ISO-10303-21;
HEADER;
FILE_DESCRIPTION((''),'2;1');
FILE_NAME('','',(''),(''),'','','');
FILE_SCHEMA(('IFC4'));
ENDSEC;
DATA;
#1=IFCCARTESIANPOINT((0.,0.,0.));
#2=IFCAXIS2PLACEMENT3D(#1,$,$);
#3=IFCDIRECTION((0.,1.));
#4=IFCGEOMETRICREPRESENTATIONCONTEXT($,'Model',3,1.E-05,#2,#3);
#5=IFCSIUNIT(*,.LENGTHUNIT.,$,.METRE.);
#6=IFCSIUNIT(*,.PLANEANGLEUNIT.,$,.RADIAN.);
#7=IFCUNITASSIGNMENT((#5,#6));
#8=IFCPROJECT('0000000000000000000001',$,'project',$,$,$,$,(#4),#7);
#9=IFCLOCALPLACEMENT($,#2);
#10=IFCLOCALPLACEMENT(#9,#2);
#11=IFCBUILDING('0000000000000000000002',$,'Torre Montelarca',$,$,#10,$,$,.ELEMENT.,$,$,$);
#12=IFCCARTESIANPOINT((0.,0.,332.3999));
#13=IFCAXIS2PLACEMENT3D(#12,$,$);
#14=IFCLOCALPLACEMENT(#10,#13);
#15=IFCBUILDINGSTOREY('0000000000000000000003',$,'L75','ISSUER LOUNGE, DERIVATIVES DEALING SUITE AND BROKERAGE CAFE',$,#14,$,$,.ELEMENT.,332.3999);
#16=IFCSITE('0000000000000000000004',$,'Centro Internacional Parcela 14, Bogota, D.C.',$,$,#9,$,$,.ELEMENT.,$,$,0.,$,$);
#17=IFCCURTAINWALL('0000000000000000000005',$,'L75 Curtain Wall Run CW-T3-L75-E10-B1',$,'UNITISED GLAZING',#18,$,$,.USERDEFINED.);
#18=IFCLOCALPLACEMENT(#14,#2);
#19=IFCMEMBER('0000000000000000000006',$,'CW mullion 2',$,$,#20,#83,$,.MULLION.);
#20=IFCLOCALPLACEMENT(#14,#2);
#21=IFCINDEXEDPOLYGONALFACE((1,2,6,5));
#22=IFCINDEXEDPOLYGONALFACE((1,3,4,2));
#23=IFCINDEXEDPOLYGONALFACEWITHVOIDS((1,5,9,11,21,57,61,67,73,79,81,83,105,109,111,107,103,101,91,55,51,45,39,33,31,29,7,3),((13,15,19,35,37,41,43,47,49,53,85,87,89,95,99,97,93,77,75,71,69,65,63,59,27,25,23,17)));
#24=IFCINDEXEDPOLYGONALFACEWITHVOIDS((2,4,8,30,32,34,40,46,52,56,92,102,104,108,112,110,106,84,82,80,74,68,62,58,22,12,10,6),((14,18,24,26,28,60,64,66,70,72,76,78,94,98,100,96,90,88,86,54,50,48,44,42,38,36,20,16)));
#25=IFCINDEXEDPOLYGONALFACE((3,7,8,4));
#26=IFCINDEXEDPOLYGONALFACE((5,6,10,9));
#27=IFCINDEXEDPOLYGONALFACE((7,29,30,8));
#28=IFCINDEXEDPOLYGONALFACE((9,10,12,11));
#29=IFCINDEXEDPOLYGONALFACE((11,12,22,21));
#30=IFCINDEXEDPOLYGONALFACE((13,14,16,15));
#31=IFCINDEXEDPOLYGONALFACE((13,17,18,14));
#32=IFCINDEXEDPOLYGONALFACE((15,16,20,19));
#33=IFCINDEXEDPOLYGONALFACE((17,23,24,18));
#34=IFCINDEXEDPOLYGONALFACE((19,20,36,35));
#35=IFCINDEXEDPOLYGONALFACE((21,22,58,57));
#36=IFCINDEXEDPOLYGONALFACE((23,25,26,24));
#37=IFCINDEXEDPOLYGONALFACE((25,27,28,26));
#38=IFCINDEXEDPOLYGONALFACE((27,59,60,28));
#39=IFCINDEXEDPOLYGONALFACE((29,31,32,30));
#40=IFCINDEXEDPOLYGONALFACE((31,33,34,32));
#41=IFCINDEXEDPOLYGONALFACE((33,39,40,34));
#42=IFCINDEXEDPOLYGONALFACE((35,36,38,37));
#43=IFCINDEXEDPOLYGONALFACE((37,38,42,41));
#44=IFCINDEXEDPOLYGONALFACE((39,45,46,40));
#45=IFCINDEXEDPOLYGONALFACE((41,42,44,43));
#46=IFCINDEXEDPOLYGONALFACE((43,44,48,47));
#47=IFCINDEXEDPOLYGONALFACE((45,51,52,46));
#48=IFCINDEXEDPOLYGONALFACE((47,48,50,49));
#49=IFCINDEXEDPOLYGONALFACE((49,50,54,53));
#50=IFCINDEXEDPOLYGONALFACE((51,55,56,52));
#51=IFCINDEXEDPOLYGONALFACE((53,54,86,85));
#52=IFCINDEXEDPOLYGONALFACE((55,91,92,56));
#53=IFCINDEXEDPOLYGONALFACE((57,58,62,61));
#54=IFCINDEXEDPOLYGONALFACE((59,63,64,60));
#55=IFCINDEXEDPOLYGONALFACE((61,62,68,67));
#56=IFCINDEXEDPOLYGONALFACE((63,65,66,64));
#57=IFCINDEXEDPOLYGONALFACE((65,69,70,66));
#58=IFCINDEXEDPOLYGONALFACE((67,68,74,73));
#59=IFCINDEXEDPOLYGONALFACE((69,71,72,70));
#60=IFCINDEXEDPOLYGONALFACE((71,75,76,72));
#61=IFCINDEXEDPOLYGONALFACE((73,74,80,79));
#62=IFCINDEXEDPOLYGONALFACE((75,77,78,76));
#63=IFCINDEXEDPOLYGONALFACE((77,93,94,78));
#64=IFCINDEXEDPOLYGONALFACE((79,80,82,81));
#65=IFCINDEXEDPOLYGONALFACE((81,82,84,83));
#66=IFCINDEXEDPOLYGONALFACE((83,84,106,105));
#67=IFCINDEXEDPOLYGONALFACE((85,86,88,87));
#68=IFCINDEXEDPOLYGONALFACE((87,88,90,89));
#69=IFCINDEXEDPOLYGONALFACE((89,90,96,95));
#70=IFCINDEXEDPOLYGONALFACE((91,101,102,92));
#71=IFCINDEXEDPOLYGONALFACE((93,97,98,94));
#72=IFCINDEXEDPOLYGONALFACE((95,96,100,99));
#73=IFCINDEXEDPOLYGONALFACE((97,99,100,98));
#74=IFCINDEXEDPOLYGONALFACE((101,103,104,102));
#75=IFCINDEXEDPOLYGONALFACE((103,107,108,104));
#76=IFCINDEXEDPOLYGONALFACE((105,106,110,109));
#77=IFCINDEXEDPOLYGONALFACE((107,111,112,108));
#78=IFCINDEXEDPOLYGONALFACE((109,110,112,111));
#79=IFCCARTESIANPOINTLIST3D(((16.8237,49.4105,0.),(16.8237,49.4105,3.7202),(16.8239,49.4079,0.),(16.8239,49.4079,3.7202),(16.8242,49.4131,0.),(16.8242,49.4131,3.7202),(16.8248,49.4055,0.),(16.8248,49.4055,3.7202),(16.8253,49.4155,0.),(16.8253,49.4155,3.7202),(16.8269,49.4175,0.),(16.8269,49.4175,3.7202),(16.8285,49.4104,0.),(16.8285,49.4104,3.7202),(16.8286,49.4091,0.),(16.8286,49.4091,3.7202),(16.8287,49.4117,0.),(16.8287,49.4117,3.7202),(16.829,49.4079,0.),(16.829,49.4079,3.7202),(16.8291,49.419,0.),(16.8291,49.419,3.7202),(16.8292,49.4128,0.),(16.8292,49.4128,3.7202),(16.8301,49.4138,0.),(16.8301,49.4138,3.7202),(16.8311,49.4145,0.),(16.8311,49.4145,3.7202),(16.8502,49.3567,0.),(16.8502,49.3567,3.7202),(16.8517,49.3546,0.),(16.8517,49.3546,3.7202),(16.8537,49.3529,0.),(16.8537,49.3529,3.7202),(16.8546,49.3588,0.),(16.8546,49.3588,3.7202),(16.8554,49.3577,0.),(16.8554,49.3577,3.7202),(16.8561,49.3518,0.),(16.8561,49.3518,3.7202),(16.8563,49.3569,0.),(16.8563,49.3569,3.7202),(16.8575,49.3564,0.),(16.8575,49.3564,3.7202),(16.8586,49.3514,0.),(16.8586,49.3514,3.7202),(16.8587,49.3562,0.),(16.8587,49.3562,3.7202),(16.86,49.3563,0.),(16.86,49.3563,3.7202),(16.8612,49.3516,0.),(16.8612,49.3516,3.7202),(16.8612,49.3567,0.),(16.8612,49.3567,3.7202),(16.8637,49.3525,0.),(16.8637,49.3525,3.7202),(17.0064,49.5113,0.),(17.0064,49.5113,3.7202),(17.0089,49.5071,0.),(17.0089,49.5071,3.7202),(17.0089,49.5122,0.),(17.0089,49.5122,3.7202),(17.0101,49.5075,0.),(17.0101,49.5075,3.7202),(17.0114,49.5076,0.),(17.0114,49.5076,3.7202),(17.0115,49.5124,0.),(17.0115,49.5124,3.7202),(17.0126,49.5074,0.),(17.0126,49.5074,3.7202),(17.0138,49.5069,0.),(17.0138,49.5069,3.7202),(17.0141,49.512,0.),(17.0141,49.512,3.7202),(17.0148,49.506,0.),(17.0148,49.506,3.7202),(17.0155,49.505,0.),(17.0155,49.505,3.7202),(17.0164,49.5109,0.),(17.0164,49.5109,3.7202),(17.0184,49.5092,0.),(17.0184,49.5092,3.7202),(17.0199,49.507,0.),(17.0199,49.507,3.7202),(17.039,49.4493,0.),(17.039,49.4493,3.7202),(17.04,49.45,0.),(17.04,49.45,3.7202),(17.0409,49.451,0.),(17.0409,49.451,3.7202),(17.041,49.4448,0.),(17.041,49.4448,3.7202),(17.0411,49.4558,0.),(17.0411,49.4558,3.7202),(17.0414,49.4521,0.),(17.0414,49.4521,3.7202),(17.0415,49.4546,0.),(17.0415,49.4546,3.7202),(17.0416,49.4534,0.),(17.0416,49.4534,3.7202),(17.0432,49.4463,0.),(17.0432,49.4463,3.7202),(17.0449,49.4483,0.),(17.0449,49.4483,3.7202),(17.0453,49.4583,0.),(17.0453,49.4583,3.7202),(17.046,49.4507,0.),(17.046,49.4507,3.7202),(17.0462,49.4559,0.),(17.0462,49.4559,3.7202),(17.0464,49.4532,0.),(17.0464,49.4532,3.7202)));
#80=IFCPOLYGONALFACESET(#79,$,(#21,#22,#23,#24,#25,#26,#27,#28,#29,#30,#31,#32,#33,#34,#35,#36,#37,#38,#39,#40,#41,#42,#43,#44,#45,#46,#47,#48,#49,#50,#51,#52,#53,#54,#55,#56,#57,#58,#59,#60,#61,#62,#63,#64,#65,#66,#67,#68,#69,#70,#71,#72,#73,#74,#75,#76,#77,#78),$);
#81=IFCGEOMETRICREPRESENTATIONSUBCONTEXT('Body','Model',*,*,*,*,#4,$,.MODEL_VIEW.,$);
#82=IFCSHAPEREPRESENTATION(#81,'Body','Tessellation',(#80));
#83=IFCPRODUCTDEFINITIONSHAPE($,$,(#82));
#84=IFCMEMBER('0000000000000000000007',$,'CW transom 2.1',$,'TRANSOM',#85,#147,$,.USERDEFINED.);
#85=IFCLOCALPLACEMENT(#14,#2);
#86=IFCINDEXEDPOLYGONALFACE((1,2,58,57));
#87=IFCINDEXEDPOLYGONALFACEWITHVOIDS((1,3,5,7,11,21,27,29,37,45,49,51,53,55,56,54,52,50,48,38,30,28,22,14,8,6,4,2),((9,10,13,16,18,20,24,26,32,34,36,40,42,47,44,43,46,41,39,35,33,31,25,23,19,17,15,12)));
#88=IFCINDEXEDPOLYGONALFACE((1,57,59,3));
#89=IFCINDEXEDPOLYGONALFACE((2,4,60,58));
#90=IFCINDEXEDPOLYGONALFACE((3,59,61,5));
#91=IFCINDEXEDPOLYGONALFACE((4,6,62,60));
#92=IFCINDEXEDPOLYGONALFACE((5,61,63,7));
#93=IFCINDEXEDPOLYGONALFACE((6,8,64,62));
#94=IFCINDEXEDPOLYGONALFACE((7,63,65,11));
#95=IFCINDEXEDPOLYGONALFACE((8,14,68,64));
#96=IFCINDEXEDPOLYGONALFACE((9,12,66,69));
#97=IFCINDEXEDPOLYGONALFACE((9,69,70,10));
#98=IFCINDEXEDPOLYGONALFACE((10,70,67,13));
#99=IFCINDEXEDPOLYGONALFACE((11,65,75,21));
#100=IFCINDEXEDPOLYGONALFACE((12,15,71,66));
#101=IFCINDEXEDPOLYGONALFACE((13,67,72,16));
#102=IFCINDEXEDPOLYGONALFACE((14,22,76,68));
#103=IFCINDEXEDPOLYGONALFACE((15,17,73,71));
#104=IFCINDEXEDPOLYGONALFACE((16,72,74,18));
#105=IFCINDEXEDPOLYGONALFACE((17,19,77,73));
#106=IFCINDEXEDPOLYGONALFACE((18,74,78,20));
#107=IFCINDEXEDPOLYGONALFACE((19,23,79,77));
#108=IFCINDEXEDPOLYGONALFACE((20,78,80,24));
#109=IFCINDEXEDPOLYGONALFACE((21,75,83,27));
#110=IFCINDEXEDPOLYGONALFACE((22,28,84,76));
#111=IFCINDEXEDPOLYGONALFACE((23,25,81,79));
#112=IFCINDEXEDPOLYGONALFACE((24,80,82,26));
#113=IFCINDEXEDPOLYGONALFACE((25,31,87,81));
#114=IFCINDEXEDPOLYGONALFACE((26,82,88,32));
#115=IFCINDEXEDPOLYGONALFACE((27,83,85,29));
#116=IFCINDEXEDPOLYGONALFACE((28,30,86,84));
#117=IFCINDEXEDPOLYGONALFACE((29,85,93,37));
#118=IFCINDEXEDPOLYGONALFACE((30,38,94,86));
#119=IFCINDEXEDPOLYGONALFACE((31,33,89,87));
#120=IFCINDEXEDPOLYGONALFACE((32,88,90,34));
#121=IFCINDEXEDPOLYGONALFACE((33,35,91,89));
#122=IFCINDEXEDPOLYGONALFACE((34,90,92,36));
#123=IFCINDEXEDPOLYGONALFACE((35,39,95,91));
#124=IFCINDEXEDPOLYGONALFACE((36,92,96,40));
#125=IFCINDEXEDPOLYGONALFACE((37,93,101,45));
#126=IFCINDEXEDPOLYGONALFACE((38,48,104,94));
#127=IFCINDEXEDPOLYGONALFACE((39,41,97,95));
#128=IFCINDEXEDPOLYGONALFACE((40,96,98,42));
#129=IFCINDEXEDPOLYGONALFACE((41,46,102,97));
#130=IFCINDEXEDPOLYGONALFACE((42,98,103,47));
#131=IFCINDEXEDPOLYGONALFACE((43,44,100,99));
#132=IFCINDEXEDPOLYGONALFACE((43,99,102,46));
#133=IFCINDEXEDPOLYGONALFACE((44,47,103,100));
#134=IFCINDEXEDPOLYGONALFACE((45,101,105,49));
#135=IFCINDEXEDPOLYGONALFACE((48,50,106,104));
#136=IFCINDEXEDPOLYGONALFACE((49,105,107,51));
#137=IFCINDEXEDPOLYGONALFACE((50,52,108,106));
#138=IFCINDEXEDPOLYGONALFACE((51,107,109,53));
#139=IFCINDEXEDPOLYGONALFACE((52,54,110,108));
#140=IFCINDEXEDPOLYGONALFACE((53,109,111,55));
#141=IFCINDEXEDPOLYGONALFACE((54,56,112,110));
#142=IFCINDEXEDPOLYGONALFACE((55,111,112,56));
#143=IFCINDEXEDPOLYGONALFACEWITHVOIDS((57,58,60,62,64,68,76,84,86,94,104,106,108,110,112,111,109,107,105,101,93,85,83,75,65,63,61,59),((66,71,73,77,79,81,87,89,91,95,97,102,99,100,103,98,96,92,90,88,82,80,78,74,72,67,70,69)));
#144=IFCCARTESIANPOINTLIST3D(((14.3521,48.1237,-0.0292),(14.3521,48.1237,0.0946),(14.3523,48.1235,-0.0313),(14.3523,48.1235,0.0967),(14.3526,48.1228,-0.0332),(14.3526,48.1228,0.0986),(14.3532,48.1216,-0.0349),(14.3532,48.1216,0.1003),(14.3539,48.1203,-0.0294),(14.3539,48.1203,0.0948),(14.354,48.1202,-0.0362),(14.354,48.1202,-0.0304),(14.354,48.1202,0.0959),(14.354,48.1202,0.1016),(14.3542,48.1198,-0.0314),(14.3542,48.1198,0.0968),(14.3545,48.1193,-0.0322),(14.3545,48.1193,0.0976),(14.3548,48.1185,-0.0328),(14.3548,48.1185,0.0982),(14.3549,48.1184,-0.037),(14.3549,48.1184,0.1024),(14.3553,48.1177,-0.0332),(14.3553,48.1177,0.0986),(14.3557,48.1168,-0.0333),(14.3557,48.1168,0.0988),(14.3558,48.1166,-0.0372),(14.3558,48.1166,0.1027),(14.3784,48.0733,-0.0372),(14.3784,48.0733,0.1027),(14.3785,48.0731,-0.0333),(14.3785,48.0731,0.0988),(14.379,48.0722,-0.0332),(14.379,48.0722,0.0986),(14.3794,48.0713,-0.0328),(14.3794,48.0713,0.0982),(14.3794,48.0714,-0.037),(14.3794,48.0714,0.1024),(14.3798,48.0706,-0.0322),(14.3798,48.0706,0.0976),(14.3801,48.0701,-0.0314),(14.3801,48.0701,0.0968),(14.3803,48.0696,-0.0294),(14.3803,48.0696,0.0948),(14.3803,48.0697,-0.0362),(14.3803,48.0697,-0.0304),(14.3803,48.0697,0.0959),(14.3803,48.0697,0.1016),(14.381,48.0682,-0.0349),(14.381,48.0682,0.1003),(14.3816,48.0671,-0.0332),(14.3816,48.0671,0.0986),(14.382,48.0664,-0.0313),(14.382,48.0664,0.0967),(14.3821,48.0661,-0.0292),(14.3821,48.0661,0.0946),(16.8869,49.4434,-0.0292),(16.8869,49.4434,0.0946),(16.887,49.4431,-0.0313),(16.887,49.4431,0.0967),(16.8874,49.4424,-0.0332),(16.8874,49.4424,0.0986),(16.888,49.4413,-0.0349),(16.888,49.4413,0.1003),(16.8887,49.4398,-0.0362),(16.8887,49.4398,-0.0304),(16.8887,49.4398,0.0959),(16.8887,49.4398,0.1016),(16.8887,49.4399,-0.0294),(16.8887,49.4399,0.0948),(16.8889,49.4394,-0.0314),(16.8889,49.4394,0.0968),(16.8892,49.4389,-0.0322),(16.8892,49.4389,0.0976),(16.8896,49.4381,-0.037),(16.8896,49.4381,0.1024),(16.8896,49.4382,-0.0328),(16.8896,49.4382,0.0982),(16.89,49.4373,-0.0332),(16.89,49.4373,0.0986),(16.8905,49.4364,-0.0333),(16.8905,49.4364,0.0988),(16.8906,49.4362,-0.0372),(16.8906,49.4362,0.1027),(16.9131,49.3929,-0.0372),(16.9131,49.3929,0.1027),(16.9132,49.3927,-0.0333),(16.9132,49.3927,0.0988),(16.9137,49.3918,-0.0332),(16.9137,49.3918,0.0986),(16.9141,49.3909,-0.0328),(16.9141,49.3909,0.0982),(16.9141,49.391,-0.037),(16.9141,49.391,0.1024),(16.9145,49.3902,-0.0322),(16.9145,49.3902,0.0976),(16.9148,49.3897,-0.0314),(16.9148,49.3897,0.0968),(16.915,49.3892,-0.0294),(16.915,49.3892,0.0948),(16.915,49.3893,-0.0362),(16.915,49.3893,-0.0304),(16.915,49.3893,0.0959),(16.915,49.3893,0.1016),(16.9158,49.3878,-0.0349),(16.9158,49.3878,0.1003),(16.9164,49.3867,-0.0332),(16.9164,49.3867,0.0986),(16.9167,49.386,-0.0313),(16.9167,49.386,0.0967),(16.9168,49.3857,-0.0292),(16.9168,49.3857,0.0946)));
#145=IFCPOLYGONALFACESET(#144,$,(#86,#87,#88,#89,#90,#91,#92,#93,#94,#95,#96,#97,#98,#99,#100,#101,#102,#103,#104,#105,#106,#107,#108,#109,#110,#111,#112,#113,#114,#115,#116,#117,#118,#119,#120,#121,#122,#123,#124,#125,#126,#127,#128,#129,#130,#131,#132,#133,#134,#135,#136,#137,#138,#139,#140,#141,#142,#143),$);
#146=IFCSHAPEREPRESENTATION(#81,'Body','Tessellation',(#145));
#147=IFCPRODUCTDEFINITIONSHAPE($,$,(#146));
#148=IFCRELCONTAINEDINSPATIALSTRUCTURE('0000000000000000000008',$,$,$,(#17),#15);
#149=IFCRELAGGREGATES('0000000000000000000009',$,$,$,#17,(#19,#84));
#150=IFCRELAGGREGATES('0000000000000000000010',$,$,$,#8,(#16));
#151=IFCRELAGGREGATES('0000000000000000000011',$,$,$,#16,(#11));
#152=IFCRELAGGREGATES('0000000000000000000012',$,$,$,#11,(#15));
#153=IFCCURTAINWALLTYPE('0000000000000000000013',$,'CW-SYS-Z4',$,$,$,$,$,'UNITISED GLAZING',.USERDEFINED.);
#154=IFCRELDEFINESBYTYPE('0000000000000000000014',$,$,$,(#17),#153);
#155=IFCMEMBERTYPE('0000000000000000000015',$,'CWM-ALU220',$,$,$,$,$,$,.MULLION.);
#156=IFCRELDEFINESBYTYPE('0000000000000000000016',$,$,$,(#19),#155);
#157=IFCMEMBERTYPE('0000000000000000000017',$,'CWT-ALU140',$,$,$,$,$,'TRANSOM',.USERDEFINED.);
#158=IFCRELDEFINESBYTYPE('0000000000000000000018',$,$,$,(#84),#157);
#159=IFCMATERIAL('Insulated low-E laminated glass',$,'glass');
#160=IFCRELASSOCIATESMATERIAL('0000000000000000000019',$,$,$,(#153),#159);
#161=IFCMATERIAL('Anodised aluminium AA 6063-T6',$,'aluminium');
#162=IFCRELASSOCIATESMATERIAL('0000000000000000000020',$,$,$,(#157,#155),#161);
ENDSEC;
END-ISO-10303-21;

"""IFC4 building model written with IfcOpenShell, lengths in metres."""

from ifc_helpers import new_model, si_unit, direction, frame, origin, origin_2d, place, context, subcontext, project, spatial, hollow_rectangle, extrude, source, transform, mapped, material, material_profile, profile_set, type_object, element, aggregate, save


model = new_model("IFC4")

# Units and contexts
model_context = context("Model", 3, precision=1e-05, world=origin(), true_north=direction((0.0, 1.0)))
body_context = subcontext(model_context, "Body", "Model", "MODEL_VIEW")
ifc_project = project(units=[si_unit("LENGTHUNIT", "METRE"), si_unit("PLANEANGLEUNIT", "RADIAN")], contexts=[model_context])

# Site, building, storey
site_placement = place(None, origin())
site = spatial("IfcSite", under=ifc_project, at=site_placement, Name="Centro Internacional Parcela 14, Bogota, D.C.", CompositionType="ELEMENT", RefElevation=0.0)
building_placement = place(site_placement, origin())
building = spatial("IfcBuilding", under=site, at=building_placement, Name="Torre Montelarca", CompositionType="ELEMENT")
storey_placement = place(building_placement, frame((0.0, 0.0, 332.3999)))
storey = spatial("IfcBuildingStorey", under=building, at=storey_placement, Name="L75", Description="ISSUER LOUNGE, DERIVATIVES DEALING SUITE AND BROKERAGE CAFE", CompositionType="ELEMENT", Elevation=332.3999)

# Curtain wall
ifc_material_1 = material(Name="Insulated low-E laminated glass", Category="glass")
curtain_wall_type = type_object("IfcCurtainWallType", Name="CW-SYS-Z4", ElementType="UNITISED GLAZING", PredefinedType="USERDEFINED", material=ifc_material_1)
curtain_wall_1_placement = place(storey_placement, origin())
curtain_wall_1 = element("IfcCurtainWall", 1, at=curtain_wall_1_placement, inside=storey, type_object=curtain_wall_type, Name="L75 Curtain Wall Run CW-T3-L75-E10-B1", ObjectType="UNITISED GLAZING", PredefinedType="USERDEFINED")
ifc_material_2 = material(Name="Anodised aluminium AA 6063-T6", Category="aluminium")
ifc_material_profile_1 = material_profile(ifc_material_2, hollow_rectangle(XDim=0.0649, YDim=0.1399, WallThickness=0.0039, InnerFilletRadius=0.0039, OuterFilletRadius=0.0081, at=origin_2d()), Name="ALU65X140X4", Category="aluminium")
ifc_profile_set_1 = profile_set([ifc_material_profile_1], Name="Anodised aluminium AA 6063-T6")
member_type_1 = type_object("IfcMemberType", Name="CWT-ALU140", ElementType="TRANSOM", PredefinedType="USERDEFINED", material=ifc_profile_set_1)

# Shared definitions
ifc_material_profile_2 = material_profile(ifc_material_2, hollow_rectangle(XDim=0.075, YDim=0.22, WallThickness=0.0049, InnerFilletRadius=0.0049, OuterFilletRadius=0.01, at=origin_2d()), Name="ALU75X220X5", Category="aluminium")
ifc_profile_set_2 = profile_set([ifc_material_profile_2], Name="Anodised aluminium AA 6063-T6")
member_type_2 = type_object("IfcMemberType", Name="CWM-ALU220", PredefinedType="MULLION", material=ifc_profile_set_2)
shared_shape_1 = source(origin(), body_context, "Body", "SweptSolid", [
    extrude(hollow_rectangle(XDim=0.075, YDim=0.22, WallThickness=0.0049, InnerFilletRadius=0.0049, OuterFilletRadius=0.01, at=origin_2d()), origin(), (0.0, 0.0, 1.0), 3.7202),
])

# Members
member_1_placement = place(storey_placement, frame((16.9351, 49.4319, 0.0), z_axis=(0.0, 0.0, 1.0), x_axis=(0.461753, -0.887008, 0.0)))
member_1 = element("IfcMember", 2, at=member_1_placement, type_object=member_type_2, Name="CW mullion 2", PredefinedType="MULLION", context=body_context, shape_type="MappedRepresentation", body=[
    mapped(shared_shape_1, transform((0.0, 0.0, 0.0), scale=1.0)),
])
shared_shape_2 = source(origin(), body_context, "Body", "SweptSolid", [
    extrude(hollow_rectangle(XDim=0.0649, YDim=0.1399, WallThickness=0.0039, InnerFilletRadius=0.0039, OuterFilletRadius=0.0081, at=origin_2d()), origin(), (0.0, 0.0, 1.0), 2.8577),
])
member_2_placement = place(storey_placement, frame((16.9019, 49.4146, 0.0327), z_axis=(-0.886994, -0.46178, 0.0), x_axis=(0.46178, -0.886994, 0.0)))
member_2 = element("IfcMember", 3, at=member_2_placement, type_object=member_type_1, Name="CW transom 2.1", ObjectType="TRANSOM", PredefinedType="USERDEFINED", context=body_context, shape_type="MappedRepresentation", body=[
    mapped(shared_shape_2, transform((0.0, 0.0, 0.0), scale=1.0)),
])

aggregate(curtain_wall_1, [member_1, member_2])

save(model, "model.ifc")
